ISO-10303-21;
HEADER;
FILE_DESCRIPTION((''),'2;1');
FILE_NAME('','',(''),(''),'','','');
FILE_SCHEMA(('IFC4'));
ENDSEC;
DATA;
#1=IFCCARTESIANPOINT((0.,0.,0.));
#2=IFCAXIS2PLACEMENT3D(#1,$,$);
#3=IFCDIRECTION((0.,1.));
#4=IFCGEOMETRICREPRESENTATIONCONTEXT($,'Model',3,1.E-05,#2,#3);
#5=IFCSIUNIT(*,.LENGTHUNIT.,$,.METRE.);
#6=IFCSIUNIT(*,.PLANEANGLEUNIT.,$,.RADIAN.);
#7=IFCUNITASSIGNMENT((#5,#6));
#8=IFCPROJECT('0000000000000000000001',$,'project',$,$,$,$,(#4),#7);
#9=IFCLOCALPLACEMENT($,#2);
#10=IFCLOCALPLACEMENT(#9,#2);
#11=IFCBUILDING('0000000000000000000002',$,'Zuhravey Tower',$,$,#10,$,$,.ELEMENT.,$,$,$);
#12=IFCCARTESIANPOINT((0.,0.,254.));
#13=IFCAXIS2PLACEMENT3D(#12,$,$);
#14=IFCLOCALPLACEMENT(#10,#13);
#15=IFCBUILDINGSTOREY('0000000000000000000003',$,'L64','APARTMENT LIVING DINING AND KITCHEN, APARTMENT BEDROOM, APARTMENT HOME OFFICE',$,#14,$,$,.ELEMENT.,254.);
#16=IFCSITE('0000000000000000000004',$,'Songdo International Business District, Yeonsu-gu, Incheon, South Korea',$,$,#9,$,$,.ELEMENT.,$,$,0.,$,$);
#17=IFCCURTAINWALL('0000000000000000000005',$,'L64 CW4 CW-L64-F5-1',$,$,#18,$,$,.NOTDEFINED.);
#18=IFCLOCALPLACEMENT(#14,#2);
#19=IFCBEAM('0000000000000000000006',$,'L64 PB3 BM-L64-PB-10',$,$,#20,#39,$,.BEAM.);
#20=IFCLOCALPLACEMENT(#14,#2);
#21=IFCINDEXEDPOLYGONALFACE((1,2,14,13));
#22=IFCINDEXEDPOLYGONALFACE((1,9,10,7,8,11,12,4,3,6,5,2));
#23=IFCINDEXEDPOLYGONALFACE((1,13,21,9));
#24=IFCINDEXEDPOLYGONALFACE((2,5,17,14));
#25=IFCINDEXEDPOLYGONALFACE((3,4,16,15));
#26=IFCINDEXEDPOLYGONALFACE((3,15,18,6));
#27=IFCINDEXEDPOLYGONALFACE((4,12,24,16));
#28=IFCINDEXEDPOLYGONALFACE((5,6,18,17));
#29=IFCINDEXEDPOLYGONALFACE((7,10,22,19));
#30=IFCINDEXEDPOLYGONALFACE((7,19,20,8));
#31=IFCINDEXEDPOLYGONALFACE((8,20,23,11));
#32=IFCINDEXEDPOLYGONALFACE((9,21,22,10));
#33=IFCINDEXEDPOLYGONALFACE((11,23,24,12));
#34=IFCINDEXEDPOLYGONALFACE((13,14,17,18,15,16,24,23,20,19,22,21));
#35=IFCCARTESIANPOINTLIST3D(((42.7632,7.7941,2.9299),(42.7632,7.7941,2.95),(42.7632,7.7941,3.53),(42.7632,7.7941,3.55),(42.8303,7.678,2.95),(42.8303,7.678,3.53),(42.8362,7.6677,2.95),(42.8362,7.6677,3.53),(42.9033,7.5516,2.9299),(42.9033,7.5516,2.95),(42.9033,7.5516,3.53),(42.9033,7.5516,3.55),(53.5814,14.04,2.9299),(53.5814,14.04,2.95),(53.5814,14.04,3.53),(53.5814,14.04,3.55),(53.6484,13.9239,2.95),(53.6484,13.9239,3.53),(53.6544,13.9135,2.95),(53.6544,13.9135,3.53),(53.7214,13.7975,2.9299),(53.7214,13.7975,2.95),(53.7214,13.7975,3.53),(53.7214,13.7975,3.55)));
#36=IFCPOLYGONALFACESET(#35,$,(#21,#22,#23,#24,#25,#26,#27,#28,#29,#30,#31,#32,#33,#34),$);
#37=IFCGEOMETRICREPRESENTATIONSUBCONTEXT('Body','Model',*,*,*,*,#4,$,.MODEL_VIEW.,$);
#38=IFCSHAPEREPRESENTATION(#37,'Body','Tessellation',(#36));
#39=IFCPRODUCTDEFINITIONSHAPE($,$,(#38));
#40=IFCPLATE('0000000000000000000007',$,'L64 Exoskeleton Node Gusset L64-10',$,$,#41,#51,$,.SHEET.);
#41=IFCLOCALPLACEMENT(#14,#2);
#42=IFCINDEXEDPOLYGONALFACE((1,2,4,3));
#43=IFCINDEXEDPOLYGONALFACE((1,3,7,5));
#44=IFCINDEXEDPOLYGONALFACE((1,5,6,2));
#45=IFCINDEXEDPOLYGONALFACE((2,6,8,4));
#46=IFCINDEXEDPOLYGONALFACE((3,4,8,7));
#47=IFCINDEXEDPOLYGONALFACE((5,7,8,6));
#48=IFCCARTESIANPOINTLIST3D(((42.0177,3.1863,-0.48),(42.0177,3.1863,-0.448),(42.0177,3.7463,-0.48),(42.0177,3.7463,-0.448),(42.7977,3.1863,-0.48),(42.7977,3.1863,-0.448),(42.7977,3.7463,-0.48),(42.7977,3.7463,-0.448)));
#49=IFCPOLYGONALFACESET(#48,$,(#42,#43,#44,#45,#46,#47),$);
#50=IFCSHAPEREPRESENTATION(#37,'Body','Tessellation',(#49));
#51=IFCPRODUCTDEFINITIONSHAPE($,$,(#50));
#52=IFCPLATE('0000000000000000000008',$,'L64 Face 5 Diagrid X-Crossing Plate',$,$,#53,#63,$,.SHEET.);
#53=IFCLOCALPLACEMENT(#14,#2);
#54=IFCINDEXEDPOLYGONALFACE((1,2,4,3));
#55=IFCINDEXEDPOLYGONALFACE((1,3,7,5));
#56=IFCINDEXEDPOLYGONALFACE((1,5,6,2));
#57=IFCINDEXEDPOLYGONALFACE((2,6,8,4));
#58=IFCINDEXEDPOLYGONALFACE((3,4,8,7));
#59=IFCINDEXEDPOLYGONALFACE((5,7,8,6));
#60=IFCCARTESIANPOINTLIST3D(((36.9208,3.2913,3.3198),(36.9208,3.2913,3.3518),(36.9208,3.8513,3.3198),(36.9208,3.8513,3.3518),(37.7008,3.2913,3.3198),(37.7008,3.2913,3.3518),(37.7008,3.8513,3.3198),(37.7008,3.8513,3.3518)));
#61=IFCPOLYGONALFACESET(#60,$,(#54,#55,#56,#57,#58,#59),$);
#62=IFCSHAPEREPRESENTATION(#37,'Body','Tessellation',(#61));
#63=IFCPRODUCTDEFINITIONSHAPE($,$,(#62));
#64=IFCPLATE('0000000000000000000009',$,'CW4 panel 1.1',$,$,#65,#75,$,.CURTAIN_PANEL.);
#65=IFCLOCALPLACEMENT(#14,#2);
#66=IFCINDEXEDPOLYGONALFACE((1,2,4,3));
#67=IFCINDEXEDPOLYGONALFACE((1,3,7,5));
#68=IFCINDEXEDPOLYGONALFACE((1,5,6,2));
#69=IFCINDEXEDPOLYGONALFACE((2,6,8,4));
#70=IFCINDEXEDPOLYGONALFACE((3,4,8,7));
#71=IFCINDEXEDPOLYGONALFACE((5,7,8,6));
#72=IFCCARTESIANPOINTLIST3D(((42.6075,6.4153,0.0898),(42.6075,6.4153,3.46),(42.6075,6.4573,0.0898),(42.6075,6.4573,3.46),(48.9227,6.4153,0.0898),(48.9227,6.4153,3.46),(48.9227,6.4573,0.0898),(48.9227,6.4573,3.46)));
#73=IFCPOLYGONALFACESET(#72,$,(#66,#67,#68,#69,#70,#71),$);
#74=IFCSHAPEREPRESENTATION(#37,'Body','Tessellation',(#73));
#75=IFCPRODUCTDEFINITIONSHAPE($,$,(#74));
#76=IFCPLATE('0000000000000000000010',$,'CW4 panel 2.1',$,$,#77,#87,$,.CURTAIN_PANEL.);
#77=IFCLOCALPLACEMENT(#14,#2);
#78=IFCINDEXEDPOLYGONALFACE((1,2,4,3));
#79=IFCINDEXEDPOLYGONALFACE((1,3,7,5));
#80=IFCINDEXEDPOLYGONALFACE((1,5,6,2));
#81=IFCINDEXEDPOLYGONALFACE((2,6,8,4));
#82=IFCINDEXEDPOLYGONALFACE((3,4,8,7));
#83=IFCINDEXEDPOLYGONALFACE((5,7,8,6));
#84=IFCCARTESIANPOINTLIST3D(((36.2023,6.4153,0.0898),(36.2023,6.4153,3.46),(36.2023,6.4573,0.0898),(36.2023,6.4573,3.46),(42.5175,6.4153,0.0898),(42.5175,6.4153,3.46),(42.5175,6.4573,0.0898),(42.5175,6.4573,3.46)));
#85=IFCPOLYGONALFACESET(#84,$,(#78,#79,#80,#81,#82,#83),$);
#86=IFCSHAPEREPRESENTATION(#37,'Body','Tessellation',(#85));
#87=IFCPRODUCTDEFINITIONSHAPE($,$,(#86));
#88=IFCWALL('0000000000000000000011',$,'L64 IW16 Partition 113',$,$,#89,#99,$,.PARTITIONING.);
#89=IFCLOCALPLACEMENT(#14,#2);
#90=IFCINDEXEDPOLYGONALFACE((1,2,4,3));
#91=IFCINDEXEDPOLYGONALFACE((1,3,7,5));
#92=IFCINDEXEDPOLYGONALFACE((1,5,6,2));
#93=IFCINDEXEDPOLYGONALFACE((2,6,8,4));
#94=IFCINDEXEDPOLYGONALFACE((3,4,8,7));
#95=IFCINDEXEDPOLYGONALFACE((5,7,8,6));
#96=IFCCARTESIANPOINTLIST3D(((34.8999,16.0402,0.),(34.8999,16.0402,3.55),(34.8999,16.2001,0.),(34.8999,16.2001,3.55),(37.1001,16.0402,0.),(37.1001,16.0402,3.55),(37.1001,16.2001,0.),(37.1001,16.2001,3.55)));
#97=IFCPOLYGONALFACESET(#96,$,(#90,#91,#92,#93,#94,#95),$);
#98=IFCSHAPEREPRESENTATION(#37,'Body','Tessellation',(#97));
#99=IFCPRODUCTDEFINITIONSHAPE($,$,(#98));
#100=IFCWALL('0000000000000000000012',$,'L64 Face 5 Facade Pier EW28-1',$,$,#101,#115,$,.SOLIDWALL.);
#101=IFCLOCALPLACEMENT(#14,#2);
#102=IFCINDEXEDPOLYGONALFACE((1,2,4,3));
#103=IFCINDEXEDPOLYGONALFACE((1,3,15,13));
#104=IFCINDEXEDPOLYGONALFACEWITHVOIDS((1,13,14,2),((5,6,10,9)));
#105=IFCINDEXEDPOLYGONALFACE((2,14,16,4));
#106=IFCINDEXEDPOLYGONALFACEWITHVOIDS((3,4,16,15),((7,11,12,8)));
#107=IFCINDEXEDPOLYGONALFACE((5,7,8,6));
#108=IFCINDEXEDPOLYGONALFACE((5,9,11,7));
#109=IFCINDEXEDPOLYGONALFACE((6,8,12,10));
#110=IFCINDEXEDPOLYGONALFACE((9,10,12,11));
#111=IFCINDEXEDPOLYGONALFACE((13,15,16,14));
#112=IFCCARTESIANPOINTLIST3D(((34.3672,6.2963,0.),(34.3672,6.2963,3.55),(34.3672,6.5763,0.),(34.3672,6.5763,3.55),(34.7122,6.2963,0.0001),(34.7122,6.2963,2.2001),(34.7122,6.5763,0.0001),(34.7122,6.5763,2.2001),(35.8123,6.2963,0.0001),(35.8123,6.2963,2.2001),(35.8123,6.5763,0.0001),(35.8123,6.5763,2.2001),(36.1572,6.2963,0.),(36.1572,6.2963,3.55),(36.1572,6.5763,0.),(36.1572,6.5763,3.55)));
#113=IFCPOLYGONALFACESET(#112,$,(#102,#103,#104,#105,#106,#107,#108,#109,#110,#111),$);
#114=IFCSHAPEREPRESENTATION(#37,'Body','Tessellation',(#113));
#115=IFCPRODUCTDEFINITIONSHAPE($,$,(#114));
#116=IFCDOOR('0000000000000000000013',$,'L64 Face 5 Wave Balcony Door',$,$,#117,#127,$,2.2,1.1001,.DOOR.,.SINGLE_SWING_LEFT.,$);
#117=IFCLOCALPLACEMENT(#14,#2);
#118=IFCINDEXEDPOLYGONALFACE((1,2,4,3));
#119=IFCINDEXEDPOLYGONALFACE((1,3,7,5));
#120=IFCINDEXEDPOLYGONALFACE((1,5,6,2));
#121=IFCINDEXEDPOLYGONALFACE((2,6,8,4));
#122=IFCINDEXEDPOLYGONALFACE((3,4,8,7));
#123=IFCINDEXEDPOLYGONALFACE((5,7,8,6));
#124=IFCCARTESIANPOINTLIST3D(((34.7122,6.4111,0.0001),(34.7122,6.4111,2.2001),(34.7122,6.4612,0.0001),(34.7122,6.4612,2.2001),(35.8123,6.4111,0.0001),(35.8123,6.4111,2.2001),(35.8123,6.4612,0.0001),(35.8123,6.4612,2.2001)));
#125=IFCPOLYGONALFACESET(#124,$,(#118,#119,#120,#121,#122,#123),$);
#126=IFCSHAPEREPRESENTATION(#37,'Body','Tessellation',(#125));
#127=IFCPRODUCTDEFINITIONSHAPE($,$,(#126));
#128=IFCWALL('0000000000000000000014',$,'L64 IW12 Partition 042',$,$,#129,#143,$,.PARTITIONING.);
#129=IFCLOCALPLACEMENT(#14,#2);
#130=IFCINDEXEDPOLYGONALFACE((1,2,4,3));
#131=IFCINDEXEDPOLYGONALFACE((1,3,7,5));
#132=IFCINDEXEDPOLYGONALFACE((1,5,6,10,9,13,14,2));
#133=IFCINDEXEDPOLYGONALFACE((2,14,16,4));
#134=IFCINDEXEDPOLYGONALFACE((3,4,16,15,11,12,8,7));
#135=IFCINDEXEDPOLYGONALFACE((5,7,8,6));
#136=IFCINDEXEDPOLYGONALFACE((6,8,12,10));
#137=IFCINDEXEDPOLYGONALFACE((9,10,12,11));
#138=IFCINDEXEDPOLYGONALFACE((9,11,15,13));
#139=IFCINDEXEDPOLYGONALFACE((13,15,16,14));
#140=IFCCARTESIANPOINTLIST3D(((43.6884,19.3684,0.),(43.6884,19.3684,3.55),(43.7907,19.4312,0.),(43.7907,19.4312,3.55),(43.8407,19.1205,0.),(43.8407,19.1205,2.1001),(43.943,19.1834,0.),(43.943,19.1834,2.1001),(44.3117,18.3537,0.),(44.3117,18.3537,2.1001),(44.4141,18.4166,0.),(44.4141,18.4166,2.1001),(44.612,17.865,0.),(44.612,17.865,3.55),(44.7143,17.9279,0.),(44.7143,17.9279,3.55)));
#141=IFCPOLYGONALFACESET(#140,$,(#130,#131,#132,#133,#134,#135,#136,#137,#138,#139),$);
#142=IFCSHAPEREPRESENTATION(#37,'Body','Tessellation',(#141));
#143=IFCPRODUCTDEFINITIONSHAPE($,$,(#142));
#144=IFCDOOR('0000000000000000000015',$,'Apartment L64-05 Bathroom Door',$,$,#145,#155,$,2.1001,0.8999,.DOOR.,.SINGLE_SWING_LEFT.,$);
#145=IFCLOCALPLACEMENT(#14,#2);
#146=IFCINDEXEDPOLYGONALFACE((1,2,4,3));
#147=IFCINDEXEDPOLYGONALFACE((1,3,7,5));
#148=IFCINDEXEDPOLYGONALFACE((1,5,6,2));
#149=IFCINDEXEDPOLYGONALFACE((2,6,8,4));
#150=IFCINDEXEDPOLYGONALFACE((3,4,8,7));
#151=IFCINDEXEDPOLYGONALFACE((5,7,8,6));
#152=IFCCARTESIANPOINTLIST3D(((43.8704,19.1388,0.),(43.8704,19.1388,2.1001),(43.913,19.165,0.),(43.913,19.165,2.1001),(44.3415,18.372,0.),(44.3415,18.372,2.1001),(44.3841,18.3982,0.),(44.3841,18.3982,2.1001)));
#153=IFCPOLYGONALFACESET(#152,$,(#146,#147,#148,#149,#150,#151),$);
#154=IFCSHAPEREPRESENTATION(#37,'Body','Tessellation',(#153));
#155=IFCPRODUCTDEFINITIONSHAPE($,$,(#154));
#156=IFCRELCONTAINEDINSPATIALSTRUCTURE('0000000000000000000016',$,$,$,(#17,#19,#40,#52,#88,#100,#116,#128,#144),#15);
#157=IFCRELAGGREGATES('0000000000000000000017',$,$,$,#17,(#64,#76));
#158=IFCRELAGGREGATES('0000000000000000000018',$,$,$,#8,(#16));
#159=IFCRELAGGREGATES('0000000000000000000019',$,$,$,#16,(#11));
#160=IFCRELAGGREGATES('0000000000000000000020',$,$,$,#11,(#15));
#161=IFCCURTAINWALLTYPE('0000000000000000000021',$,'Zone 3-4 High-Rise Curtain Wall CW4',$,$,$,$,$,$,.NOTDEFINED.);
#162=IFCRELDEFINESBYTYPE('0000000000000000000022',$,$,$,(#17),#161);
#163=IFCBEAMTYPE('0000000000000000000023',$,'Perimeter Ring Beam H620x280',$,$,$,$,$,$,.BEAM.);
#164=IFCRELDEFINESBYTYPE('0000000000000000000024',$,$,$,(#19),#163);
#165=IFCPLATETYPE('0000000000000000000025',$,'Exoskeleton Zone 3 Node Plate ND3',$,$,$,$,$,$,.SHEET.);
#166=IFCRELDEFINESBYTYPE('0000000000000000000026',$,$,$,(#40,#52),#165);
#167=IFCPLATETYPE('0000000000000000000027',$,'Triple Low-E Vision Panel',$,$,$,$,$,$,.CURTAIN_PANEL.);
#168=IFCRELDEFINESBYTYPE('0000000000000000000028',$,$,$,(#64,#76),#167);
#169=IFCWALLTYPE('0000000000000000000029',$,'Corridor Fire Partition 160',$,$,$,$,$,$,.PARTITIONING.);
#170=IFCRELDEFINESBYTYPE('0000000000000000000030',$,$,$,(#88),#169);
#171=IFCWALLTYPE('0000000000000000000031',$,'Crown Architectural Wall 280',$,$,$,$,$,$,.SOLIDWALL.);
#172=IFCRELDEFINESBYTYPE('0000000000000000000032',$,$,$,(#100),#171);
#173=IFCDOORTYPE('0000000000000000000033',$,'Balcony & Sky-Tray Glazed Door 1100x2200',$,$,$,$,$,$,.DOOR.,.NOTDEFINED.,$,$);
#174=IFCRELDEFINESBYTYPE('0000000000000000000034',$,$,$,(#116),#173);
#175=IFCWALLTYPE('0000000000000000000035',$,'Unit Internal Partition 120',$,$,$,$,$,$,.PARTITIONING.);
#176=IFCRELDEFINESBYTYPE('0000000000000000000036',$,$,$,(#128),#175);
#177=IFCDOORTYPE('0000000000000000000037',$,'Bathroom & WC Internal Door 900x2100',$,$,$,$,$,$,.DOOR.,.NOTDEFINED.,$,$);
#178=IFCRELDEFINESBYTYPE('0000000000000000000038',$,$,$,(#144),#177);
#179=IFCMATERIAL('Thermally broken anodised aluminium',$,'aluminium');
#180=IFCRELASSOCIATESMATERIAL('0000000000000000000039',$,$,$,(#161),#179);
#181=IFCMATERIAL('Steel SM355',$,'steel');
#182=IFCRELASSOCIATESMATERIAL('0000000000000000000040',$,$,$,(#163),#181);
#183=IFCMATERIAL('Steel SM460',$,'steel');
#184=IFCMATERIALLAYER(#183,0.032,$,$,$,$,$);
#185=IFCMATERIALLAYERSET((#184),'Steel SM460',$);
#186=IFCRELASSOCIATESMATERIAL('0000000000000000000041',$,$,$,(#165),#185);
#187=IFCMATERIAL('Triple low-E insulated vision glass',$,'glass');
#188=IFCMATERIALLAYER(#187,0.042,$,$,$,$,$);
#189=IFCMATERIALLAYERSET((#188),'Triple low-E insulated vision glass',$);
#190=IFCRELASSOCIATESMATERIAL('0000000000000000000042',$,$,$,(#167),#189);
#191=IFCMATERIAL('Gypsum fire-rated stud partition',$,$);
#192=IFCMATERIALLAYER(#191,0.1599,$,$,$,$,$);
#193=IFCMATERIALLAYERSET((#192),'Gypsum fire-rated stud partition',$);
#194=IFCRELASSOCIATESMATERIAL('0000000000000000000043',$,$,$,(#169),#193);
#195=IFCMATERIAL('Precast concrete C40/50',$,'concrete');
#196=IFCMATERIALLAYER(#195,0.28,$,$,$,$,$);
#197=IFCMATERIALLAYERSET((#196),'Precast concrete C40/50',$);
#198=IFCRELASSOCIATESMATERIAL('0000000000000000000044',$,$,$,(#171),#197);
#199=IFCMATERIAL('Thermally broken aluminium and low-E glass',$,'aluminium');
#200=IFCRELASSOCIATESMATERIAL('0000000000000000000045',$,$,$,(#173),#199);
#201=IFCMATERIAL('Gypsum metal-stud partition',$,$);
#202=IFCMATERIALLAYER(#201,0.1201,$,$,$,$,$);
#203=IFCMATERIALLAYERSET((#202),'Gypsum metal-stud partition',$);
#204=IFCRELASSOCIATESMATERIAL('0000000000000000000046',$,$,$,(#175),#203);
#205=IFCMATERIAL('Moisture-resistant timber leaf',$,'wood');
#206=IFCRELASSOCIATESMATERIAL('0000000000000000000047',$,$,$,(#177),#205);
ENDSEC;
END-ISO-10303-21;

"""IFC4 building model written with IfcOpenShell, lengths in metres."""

from ifc_helpers import new_model, si_unit, direction, frame, frame_2d, origin, origin_2d, place, context, subcontext, project, spatial, rectangle, i_section, extrude, material, layer, layer_set, material_profile, profile_set, type_object, element, fill, aggregate, save


model = new_model("IFC4")

# Units and contexts
model_context = context("Model", 3, precision=1e-05, world=origin(), true_north=direction((0.0, 1.0)))
body_context = subcontext(model_context, "Body", "Model", "MODEL_VIEW")
ifc_project = project(units=[si_unit("LENGTHUNIT", "METRE"), si_unit("PLANEANGLEUNIT", "RADIAN")], contexts=[model_context])

# Site, building, storey
site_placement = place(None, origin())
site = spatial("IfcSite", under=ifc_project, at=site_placement, Name="Songdo International Business District, Yeonsu-gu, Incheon, South Korea", CompositionType="ELEMENT", RefElevation=0.0)
building_placement = place(site_placement, origin())
building = spatial("IfcBuilding", under=site, at=building_placement, Name="Zuhravey Tower", CompositionType="ELEMENT")
storey_placement = place(building_placement, frame((0.0, 0.0, 254.0)))
storey = spatial("IfcBuildingStorey", under=building, at=storey_placement, Name="L64", Description="APARTMENT LIVING DINING AND KITCHEN, APARTMENT BEDROOM, APARTMENT HOME OFFICE", CompositionType="ELEMENT", Elevation=254.0)

# Curtain wall
ifc_material_1 = material(Name="Thermally broken anodised aluminium", Category="aluminium")
curtain_wall_type = type_object("IfcCurtainWallType", Name="Zone 3-4 High-Rise Curtain Wall CW4", PredefinedType="NOTDEFINED", material=ifc_material_1)
curtain_wall_1_placement = place(storey_placement, origin())
curtain_wall_1 = element("IfcCurtainWall", 1, at=curtain_wall_1_placement, inside=storey, type_object=curtain_wall_type, Name="L64 CW4 CW-L64-F5-1", PredefinedType="NOTDEFINED")

# Shared definitions
ifc_material_2 = material(Name="Steel SM355", Category="steel")

# Beam
ifc_material_profile_1 = material_profile(ifc_material_2, i_section(OverallWidth=0.28, OverallDepth=0.6201, WebThickness=0.012, FlangeThickness=0.02, at=origin_2d()), Name="H-620x280x12x20")
ifc_profile_set_1 = profile_set([ifc_material_profile_1], Name="Steel SM355")
beam_type = type_object("IfcBeamType", Name="Perimeter Ring Beam H620x280", PredefinedType="BEAM", material=ifc_profile_set_1)
beam_placement = place(storey_placement, frame((42.8333, 7.6729, 3.24), z_axis=(0.866025, 0.5, 0.0), x_axis=(-0.5, 0.866025, 0.0)))
element("IfcBeam", 2, at=beam_placement, inside=storey, type_object=beam_type, Name="L64 PB3 BM-L64-PB-10", PredefinedType="BEAM", context=body_context, shape_type="SweptSolid", body=[
    extrude(i_section(OverallWidth=0.28, OverallDepth=0.6201, WebThickness=0.012, FlangeThickness=0.02, at=origin_2d()), origin(), (0.0, 0.0, 1.0), 12.4917),
])

# Plates
ifc_material_3 = material(Name="Steel SM460", Category="steel")
ifc_layer_1 = layer(ifc_material_3, 0.032)
ifc_layer_set_1 = layer_set([ifc_layer_1], Name="Steel SM460")
plate_type_1 = type_object("IfcPlateType", Name="Exoskeleton Zone 3 Node Plate ND3", PredefinedType="SHEET", material=ifc_layer_set_1)
for number, where, z_axis, x_axis, name in (
    (3, (42.4077, 3.4663, -0.48), (0.0, 0.0, 1.0), (1.0, 0.0, 0.0), "L64 Exoskeleton Node Gusset L64-10"),
    (4, (37.3108, 3.5713, 3.3198), (0.0, 0.0, 1.0), (1.0, 0.0, 0.0), "L64 Face 5 Diagrid X-Crossing Plate"),
):
    element("IfcPlate", number, at=place(storey_placement, frame(where, z_axis=z_axis, x_axis=x_axis)), inside=storey, type_object=plate_type_1, Name=name, PredefinedType="SHEET", context=body_context, shape_type="SweptSolid", body=[
        extrude(rectangle(XDim=0.78, YDim=0.5601, at=origin_2d()), origin(), (0.0, 0.0, 1.0), 0.032),
    ])

# Plates
ifc_material_4 = material(Name="Triple low-E insulated vision glass", Category="glass")
ifc_layer_2 = layer(ifc_material_4, 0.042)
ifc_layer_set_2 = layer_set([ifc_layer_2], Name="Triple low-E insulated vision glass")
plate_type_2 = type_object("IfcPlateType", Name="Triple Low-E Vision Panel", PredefinedType="CURTAIN_PANEL", material=ifc_layer_set_2)
plate_1_placement = place(storey_placement, frame((45.7651, 6.4363, 0.0898), z_axis=(0.0, 0.0, 1.0), x_axis=(-1.0, 0.0, 0.0)))
plate_1 = element("IfcPlate", 5, at=plate_1_placement, type_object=plate_type_2, Name="CW4 panel 1.1", PredefinedType="CURTAIN_PANEL", context=body_context, shape_type="SweptSolid", body=[
    extrude(rectangle(XDim=6.3152, YDim=0.042, at=origin_2d()), origin(), (0.0, 0.0, 1.0), 3.3701),
])
plate_2_placement = place(storey_placement, frame((39.3599, 6.4363, 0.0898), z_axis=(0.0, 0.0, 1.0), x_axis=(-1.0, 0.0, 0.0)))
plate_2 = element("IfcPlate", 6, at=plate_2_placement, type_object=plate_type_2, Name="CW4 panel 2.1", PredefinedType="CURTAIN_PANEL", context=body_context, shape_type="SweptSolid", body=[
    extrude(rectangle(XDim=6.3152, YDim=0.042, at=origin_2d()), origin(), (0.0, 0.0, 1.0), 3.3701),
])
aggregate(curtain_wall_1, [plate_1, plate_2])

# Shared definitions
ifc_material_5 = material(Name="Gypsum fire-rated stud partition")
ifc_layer_3 = layer(ifc_material_5, 0.1599)
ifc_layer_set_3 = layer_set([ifc_layer_3], Name="Gypsum fire-rated stud partition")
wall_type_1 = type_object("IfcWallType", Name="Corridor Fire Partition 160", PredefinedType="PARTITIONING", material=ifc_layer_set_3)

# Wall
wall_1_placement = place(storey_placement, frame((34.8999, 16.1201, 0.0), z_axis=(0.0, 0.0, 1.0), x_axis=(1.0, 0.0, 0.0)))
element("IfcWall", 7, at=wall_1_placement, inside=storey, type_object=wall_type_1, Name="L64 IW16 Partition 113", PredefinedType="PARTITIONING", context=body_context, shape_type="SweptSolid", body=[
    extrude(rectangle(XDim=2.2002, YDim=0.1599, at=frame_2d((1.1001, 0.0))), origin(), (0.0, 0.0, 1.0), 3.55),
])

# Walls, openings, doors
ifc_material_6 = material(Name="Precast concrete C40/50", Category="concrete")
ifc_layer_4 = layer(ifc_material_6, 0.28)
ifc_layer_set_4 = layer_set([ifc_layer_4], Name="Precast concrete C40/50")
wall_type_2 = type_object("IfcWallType", Name="Crown Architectural Wall 280", PredefinedType="SOLIDWALL", material=ifc_layer_set_4)
wall_2_placement = place(storey_placement, frame((36.1572, 6.4363, 0.0), z_axis=(0.0, 0.0, 1.0), x_axis=(-1.0, 0.0, 0.0)))
wall_2 = element("IfcWall", 8, at=wall_2_placement, inside=storey, type_object=wall_type_2, Name="L64 Face 5 Facade Pier EW28-1", PredefinedType="SOLIDWALL", context=body_context, shape_type="SweptSolid", body=[
    extrude(rectangle(XDim=1.79, YDim=0.28, at=frame_2d((0.895, 0.0))), origin(), (0.0, 0.0, 1.0), 3.55),
])
opening_1_placement = place(wall_2_placement, frame((0.345, 0.0, 0.0)))
opening_1 = element("IfcOpeningElement", 9, at=opening_1_placement, cuts=wall_2, PredefinedType="OPENING", context=body_context, shape_type="SweptSolid", body=[
    extrude(rectangle(XDim=1.1001, YDim=2.2, at=frame_2d((0.55, 1.1001))), frame((0.0, 0.1521, 0.0), z_axis=(0.0, -1.0, 0.0), x_axis=(1.0, 0.0, 0.0)), (0.0, 0.0, 1.0), 0.304),
])
ifc_material_7 = material(Name="Thermally broken aluminium and low-E glass", Category="aluminium")
door_type_1 = type_object("IfcDoorType", Name="Balcony & Sky-Tray Glazed Door 1100x2200", OperationType="NOTDEFINED", PredefinedType="DOOR", material=ifc_material_7)
door_1_placement = place(opening_1_placement, frame((1.1001, 0.0, 0.0), z_axis=(0.0, 0.0, 1.0), x_axis=(-1.0, 0.0, 0.0)))
door_1 = element("IfcDoor", 10, at=door_1_placement, inside=storey, type_object=door_type_1, Name="L64 Face 5 Wave Balcony Door", OperationType="SINGLE_SWING_LEFT", OverallHeight=2.2, OverallWidth=1.1001, PredefinedType="DOOR", context=body_context, shape_type="SweptSolid", body=[
    extrude(rectangle(XDim=1.1001, YDim=2.2, at=frame_2d((0.55, 1.1001))), frame((0.0, 0.0249, 0.0), z_axis=(0.0, -1.0, 0.0), x_axis=(1.0, 0.0, 0.0)), (0.0, 0.0, 1.0), 0.05),
])
fill(opening_1, door_1)
ifc_material_8 = material(Name="Gypsum metal-stud partition")
ifc_layer_5 = layer(ifc_material_8, 0.1201)
ifc_layer_set_5 = layer_set([ifc_layer_5], Name="Gypsum metal-stud partition")
wall_type_3 = type_object("IfcWallType", Name="Unit Internal Partition 120", PredefinedType="PARTITIONING", material=ifc_layer_set_5)
wall_3_placement = place(storey_placement, frame((43.7395, 19.3999, 0.0), z_axis=(0.0, 0.0, 1.0), x_axis=(0.523441, -0.852062, 0.0)))
wall_3 = element("IfcWall", 11, at=wall_3_placement, inside=storey, type_object=wall_type_3, Name="L64 IW12 Partition 042", PredefinedType="PARTITIONING", context=body_context, shape_type="SweptSolid", body=[
    extrude(rectangle(XDim=1.7644, YDim=0.1201, at=frame_2d((0.8823, 0.0))), origin(), (0.0, 0.0, 1.0), 3.55),
])
opening_2_placement = place(wall_3_placement, frame((0.291, 0.0, 0.0)))
opening_2 = element("IfcOpeningElement", 12, at=opening_2_placement, cuts=wall_3, PredefinedType="OPENING", context=body_context, shape_type="SweptSolid", body=[
    extrude(rectangle(XDim=0.8999, YDim=2.1001, at=frame_2d((0.45, 1.05))), frame((0.0, 0.072, 0.0), z_axis=(0.0, -1.0, 0.0), x_axis=(1.0, 0.0, 0.0)), (0.0, 0.0, 1.0), 0.144),
])
ifc_material_9 = material(Name="Moisture-resistant timber leaf", Category="wood")
door_type_2 = type_object("IfcDoorType", Name="Bathroom & WC Internal Door 900x2100", OperationType="NOTDEFINED", PredefinedType="DOOR", material=ifc_material_9)
door_2_placement = place(opening_2_placement, origin())
door_2 = element("IfcDoor", 13, at=door_2_placement, inside=storey, type_object=door_type_2, Name="Apartment L64-05 Bathroom Door", OperationType="SINGLE_SWING_LEFT", OverallHeight=2.1001, OverallWidth=0.8999, PredefinedType="DOOR", context=body_context, shape_type="SweptSolid", body=[
    extrude(rectangle(XDim=0.8999, YDim=2.1001, at=frame_2d((0.45, 1.05))), frame((0.0, 0.0249, 0.0), z_axis=(0.0, -1.0, 0.0), x_axis=(1.0, 0.0, 0.0)), (0.0, 0.0, 1.0), 0.05),
])
fill(opening_2, door_2)

save(model, "model.ifc")
